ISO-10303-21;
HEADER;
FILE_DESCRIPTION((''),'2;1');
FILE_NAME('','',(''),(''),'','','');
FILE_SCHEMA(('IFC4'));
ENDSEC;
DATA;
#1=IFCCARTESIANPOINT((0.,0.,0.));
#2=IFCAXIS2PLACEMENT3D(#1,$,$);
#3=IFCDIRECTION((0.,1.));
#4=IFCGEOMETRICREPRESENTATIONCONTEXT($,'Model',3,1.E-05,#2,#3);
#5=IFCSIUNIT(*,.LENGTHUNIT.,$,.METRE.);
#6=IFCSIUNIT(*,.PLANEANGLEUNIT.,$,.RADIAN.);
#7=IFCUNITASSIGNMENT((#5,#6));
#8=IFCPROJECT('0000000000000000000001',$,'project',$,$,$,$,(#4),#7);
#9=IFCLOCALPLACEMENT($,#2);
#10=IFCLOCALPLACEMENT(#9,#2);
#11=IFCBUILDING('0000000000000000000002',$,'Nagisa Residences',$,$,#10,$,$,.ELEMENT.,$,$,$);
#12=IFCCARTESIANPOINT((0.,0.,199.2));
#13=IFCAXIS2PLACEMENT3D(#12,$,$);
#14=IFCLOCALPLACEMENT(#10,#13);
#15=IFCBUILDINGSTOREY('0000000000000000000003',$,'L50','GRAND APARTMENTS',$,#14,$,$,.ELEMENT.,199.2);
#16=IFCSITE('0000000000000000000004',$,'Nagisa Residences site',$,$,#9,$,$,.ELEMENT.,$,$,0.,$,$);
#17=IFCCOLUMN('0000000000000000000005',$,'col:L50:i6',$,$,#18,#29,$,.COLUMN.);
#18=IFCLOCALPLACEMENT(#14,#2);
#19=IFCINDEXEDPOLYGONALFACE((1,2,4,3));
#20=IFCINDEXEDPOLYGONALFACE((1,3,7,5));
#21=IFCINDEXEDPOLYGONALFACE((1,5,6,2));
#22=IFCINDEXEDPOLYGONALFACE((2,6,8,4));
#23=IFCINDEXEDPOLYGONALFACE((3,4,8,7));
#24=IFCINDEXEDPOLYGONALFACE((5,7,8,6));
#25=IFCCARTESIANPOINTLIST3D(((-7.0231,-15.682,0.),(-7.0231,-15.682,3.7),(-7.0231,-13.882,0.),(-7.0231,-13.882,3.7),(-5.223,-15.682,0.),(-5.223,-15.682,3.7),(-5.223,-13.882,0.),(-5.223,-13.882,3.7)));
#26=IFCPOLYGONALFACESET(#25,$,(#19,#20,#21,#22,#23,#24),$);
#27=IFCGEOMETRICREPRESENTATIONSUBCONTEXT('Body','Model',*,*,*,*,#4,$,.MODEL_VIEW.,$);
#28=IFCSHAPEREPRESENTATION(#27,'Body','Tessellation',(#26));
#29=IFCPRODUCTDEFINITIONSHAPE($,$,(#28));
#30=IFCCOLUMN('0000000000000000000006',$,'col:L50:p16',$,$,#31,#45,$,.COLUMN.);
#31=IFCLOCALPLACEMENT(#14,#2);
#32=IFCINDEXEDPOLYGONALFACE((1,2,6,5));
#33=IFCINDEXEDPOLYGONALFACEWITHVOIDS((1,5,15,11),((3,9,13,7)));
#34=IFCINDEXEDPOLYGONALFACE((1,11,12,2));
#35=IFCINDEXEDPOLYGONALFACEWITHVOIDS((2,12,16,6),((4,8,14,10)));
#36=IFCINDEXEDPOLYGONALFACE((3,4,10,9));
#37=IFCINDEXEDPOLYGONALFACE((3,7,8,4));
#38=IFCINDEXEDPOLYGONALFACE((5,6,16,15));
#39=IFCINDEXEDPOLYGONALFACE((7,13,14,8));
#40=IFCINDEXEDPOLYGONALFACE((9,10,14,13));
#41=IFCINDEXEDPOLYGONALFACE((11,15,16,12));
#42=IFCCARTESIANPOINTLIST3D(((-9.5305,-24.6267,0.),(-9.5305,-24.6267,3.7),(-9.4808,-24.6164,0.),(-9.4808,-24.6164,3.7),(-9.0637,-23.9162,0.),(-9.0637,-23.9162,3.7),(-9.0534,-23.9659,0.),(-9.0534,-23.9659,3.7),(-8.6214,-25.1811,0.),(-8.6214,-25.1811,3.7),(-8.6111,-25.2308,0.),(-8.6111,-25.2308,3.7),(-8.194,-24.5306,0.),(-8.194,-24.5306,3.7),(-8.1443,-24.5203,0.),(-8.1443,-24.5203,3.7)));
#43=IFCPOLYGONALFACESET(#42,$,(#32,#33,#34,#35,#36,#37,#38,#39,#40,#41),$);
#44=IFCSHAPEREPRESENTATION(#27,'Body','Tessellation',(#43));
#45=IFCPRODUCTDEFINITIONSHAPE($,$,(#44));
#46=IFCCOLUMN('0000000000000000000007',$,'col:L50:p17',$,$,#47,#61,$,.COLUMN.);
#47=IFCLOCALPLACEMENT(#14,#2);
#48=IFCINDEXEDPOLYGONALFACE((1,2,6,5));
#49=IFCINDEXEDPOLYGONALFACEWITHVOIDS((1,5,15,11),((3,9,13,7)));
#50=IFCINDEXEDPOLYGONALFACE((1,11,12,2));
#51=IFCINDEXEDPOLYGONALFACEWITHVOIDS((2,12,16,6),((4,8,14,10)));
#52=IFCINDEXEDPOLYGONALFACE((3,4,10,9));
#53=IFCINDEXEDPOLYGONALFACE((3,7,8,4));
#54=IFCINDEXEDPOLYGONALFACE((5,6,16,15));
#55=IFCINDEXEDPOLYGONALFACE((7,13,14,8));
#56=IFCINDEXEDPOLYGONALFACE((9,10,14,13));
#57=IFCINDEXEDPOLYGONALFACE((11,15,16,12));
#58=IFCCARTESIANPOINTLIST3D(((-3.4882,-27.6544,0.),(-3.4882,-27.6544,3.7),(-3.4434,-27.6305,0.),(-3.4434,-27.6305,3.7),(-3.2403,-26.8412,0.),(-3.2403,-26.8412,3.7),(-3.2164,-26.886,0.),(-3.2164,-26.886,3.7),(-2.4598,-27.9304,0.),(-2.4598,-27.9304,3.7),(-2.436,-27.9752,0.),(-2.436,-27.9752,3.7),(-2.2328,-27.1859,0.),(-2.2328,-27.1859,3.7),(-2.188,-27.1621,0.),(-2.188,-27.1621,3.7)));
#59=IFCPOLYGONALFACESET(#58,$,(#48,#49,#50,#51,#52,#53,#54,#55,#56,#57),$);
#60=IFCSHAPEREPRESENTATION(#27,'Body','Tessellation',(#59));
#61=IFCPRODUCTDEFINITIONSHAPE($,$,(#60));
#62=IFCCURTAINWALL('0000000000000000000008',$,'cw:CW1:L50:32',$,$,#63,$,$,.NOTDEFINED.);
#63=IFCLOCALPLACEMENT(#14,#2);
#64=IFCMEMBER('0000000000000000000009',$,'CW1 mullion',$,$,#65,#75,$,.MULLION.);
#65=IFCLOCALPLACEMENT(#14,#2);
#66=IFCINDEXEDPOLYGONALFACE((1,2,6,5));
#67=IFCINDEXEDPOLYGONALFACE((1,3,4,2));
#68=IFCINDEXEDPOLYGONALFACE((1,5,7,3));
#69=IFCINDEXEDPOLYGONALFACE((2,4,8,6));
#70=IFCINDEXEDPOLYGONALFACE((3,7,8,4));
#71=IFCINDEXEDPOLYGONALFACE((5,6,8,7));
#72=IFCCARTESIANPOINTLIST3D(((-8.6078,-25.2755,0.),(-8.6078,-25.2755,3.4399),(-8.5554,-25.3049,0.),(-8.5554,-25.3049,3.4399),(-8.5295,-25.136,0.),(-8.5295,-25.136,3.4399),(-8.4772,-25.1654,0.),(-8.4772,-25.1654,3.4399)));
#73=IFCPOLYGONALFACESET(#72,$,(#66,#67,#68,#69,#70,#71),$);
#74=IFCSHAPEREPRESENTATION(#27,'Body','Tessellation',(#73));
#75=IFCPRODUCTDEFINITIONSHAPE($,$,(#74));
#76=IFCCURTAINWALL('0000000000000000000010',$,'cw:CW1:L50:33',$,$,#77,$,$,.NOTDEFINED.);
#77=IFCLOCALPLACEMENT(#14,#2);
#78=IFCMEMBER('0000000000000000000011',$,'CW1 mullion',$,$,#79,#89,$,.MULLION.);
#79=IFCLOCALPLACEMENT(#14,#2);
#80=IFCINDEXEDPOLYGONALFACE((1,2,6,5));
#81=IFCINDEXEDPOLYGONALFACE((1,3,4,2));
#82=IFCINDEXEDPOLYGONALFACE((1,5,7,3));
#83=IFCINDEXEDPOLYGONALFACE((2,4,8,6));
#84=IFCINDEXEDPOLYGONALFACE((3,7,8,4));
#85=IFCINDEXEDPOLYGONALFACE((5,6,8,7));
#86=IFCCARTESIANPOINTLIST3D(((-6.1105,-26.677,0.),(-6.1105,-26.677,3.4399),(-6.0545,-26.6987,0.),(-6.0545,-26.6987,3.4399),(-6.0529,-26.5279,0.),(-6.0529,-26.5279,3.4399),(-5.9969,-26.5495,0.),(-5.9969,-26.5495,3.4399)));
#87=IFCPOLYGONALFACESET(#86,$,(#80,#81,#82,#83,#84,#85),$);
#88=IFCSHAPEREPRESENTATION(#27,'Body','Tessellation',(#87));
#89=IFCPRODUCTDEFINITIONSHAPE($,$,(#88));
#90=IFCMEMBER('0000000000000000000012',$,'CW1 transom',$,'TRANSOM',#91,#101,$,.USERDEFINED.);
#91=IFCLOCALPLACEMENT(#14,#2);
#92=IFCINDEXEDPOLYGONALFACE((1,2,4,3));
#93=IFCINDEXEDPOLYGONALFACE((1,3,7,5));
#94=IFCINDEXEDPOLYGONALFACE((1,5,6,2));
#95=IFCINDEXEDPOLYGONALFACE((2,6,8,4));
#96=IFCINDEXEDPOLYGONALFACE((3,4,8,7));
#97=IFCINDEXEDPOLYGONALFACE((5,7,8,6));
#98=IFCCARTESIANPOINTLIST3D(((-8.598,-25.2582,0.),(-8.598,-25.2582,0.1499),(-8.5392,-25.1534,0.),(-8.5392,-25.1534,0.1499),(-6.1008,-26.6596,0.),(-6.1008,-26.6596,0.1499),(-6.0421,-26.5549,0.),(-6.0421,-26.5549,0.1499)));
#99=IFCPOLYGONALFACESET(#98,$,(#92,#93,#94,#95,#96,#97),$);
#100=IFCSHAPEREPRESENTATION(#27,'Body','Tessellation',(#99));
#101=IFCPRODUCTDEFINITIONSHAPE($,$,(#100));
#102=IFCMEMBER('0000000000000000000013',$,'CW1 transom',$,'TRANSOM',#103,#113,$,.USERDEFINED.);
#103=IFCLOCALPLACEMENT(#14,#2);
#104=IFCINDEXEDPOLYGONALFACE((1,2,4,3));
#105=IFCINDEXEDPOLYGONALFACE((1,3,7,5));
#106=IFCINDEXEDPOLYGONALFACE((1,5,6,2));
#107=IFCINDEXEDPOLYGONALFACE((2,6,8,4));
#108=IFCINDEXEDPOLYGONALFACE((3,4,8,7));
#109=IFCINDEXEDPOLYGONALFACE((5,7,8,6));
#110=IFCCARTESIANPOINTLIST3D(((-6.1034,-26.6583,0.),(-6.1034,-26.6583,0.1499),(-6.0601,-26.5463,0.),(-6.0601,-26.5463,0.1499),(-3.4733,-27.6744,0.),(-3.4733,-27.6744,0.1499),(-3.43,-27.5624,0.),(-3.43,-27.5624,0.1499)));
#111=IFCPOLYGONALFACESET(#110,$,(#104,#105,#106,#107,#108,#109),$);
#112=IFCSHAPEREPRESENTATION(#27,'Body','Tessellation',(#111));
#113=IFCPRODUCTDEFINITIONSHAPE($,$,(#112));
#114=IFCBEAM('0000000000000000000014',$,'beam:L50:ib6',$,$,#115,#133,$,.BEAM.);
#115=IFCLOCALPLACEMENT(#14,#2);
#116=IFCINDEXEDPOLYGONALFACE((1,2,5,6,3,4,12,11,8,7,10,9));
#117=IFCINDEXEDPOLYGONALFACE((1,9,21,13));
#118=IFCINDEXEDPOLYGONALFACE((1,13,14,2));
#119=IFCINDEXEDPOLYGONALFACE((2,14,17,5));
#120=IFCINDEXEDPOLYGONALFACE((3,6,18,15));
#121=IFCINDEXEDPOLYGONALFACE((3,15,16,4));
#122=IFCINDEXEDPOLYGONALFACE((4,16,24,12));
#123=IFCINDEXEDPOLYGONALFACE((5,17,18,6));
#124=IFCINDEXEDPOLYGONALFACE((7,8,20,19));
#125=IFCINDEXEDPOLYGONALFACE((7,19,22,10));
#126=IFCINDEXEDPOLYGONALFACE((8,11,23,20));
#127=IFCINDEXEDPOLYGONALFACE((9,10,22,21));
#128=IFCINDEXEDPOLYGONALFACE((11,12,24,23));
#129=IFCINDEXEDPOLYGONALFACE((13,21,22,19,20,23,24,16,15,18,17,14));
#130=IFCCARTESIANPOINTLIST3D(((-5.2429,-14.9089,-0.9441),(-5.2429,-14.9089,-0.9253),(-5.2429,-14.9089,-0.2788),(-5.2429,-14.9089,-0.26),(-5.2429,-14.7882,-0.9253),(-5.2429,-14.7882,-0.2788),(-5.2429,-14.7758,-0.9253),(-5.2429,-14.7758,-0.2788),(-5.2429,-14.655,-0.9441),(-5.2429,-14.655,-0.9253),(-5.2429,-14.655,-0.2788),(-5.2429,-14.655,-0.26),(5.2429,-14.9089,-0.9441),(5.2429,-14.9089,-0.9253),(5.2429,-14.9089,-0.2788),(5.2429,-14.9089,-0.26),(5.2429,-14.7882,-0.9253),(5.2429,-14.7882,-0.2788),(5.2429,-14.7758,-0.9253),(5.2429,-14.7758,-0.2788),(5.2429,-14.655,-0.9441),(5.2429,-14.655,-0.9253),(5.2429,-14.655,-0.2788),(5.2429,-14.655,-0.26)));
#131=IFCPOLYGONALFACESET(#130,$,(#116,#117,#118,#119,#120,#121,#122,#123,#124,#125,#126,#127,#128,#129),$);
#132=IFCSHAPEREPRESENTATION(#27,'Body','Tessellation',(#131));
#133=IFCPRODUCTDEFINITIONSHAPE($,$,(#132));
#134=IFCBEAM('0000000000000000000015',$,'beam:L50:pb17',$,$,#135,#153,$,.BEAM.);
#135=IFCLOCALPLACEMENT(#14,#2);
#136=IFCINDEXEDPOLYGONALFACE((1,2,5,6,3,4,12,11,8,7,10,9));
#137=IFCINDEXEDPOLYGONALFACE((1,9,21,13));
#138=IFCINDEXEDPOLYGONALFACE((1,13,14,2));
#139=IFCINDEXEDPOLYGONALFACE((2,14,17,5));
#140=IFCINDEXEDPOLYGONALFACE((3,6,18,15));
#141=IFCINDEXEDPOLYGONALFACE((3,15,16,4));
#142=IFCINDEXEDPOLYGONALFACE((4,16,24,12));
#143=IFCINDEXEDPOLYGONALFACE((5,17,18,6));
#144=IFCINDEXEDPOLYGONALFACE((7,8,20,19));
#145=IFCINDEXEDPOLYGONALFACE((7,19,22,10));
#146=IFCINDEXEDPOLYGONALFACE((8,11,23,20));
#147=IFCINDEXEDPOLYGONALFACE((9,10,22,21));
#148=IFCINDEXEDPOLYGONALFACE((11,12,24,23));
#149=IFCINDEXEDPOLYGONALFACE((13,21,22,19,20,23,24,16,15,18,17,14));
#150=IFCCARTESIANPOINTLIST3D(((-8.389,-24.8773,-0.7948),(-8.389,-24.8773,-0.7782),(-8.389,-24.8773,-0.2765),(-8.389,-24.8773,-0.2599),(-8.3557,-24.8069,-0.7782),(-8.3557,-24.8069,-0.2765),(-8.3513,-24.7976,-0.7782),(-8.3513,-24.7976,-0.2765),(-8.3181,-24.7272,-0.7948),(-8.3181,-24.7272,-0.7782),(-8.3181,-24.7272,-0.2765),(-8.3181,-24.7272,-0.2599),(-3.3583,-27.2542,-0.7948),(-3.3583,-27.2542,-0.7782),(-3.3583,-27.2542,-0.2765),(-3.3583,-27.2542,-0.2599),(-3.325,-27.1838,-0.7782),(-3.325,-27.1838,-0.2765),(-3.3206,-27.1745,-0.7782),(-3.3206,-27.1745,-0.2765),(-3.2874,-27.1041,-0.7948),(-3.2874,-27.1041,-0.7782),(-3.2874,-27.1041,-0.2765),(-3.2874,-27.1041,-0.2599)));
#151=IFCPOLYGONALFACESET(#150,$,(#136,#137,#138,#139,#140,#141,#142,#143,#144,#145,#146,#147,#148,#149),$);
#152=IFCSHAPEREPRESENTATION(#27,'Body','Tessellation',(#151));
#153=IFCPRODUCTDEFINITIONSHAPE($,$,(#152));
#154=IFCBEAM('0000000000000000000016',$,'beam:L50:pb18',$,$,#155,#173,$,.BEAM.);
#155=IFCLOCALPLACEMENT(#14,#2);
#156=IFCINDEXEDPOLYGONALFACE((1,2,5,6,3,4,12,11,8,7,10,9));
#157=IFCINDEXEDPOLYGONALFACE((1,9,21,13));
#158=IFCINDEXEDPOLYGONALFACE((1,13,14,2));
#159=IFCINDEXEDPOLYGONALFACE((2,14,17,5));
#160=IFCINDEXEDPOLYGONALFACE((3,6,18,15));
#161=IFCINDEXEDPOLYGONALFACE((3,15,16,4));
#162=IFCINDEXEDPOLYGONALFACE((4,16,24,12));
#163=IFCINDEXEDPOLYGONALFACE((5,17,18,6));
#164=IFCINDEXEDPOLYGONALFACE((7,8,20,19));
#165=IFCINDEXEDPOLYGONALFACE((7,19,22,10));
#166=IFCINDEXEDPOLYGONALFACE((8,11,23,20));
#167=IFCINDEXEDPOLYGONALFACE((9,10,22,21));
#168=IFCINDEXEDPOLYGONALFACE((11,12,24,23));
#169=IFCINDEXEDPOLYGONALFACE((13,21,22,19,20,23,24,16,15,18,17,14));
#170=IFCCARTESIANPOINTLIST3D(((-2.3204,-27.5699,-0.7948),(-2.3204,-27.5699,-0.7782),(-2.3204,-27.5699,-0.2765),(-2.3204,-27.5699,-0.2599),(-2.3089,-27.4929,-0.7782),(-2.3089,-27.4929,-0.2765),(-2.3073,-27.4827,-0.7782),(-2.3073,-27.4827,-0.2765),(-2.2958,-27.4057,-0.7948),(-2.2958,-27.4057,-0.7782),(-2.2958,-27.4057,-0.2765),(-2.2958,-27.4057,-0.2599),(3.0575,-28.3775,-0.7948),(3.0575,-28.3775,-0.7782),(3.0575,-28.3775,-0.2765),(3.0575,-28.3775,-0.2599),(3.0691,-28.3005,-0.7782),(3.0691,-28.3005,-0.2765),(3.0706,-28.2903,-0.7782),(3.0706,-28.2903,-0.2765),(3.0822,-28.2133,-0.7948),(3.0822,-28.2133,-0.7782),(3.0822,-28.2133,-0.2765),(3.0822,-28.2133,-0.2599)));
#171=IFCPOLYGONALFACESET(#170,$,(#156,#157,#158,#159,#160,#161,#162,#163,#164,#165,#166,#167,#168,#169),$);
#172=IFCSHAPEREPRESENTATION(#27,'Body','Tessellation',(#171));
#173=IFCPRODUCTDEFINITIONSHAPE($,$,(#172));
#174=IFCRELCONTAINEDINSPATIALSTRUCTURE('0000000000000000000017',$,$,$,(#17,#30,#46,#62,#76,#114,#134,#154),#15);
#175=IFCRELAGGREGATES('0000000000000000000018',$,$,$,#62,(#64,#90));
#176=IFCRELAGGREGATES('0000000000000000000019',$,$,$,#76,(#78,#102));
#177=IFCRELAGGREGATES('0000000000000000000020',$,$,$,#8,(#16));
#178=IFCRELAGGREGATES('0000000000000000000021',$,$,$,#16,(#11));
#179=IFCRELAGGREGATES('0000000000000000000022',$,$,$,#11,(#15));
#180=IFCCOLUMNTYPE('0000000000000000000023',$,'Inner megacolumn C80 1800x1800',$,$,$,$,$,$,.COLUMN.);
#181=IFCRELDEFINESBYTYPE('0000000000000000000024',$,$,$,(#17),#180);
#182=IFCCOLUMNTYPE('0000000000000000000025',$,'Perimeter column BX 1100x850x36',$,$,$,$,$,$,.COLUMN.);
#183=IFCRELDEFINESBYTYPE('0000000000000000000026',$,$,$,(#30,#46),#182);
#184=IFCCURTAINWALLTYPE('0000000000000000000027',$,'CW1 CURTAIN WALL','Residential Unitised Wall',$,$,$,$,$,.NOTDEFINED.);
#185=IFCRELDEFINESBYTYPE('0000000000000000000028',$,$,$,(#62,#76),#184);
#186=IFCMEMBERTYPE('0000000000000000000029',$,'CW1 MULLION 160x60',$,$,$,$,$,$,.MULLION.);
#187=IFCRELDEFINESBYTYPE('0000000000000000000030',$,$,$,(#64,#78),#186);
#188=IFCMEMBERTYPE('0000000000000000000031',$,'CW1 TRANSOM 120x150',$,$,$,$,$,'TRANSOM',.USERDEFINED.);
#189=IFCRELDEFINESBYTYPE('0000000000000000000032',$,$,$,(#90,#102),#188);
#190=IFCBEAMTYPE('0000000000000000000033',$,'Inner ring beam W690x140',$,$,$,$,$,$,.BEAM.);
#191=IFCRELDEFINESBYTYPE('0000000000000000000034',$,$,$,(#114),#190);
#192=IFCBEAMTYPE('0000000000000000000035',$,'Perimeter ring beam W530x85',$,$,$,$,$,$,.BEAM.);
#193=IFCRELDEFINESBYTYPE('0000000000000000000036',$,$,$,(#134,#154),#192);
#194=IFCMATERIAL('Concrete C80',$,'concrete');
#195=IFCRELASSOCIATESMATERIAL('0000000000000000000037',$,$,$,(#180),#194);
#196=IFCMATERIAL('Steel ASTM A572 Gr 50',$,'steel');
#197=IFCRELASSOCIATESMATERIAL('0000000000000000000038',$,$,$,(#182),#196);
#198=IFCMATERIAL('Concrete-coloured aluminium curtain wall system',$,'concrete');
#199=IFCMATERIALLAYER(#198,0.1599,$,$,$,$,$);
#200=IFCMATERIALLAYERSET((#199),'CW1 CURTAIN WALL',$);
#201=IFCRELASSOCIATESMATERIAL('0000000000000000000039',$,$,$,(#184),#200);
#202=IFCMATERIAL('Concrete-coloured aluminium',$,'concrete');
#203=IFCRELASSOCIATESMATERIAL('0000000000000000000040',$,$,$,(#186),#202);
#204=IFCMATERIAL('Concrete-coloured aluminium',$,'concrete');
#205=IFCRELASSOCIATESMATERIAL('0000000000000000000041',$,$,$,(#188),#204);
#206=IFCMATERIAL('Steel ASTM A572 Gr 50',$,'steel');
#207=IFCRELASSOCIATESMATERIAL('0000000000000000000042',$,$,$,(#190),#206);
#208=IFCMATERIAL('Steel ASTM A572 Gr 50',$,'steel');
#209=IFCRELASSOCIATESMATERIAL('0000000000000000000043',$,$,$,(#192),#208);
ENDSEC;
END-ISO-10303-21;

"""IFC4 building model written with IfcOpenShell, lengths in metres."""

from ifc_helpers import new_model, si_unit, direction, frame, origin, origin_2d, place, context, subcontext, project, spatial, rectangle, hollow_rectangle, i_section, extrude, material, layer, layer_set, material_profile, profile_set, type_object, element, aggregate, save


model = new_model("IFC4")

# Units and contexts
model_context = context("Model", 3, precision=1e-05, world=origin(), true_north=direction((0.0, 1.0)))
body_context = subcontext(model_context, "Body", "Model", "MODEL_VIEW")
ifc_project = project(units=[si_unit("LENGTHUNIT", "METRE"), si_unit("PLANEANGLEUNIT", "RADIAN")], contexts=[model_context])

# Site, building, storey
site_placement = place(None, origin())
site = spatial("IfcSite", under=ifc_project, at=site_placement, Name="Nagisa Residences site", CompositionType="ELEMENT", RefElevation=0.0)
building_placement = place(site_placement, origin())
building = spatial("IfcBuilding", under=site, at=building_placement, Name="Nagisa Residences", CompositionType="ELEMENT")
storey_placement = place(building_placement, frame((0.0, 0.0, 199.2)))
storey = spatial("IfcBuildingStorey", under=building, at=storey_placement, Name="L50", Description="GRAND APARTMENTS", CompositionType="ELEMENT", Elevation=199.2)

# Columns
ifc_material_1 = material(Name="Concrete C80", Category="concrete")
ifc_material_profile_1 = material_profile(ifc_material_1, rectangle(XDim=1.8, YDim=1.8, at=origin_2d()), Name="C80 1800x1800")
ifc_profile_set_1 = profile_set([ifc_material_profile_1], Name="Concrete C80")
column_type_1 = type_object("IfcColumnType", Name="Inner megacolumn C80 1800x1800", PredefinedType="COLUMN", material=ifc_profile_set_1)
column_placement = place(storey_placement, frame((-6.123, -14.782, 0.0), z_axis=(0.0, 0.0, 1.0), x_axis=(1.0, 0.0, 0.0)))
element("IfcColumn", 1, at=column_placement, inside=storey, type_object=column_type_1, Name="col:L50:i6", PredefinedType="COLUMN", context=body_context, shape_type="SweptSolid", body=[
    extrude(rectangle(XDim=1.8, YDim=1.8, at=origin_2d()), origin(), (0.0, 0.0, 1.0), 3.7),
])
ifc_material_2 = material(Name="Steel ASTM A572 Gr 50", Category="steel")
ifc_material_profile_2 = material_profile(ifc_material_2, hollow_rectangle(XDim=1.1001, YDim=0.8501, WallThickness=0.0359, at=origin_2d()), Name="BX 1100x850x36")
ifc_profile_set_2 = profile_set([ifc_material_profile_2], Name="Steel ASTM A572 Gr 50")
column_type_2 = type_object("IfcColumnType", Name="Perimeter column BX 1100x850x36", PredefinedType="COLUMN", material=ifc_profile_set_2)
for number, where, z_axis, x_axis, name in (
    (2, (-8.8374, -24.5735, 0.0), (0.0, 0.0, 1.0), (0.835766, -0.549086, 0.0), "col:L50:p16"),
    (3, (-2.8381, -27.4082, 0.0), (0.0, 0.0, 1.0), (0.956525, -0.291652, 0.0), "col:L50:p17"),
):
    element("IfcColumn", number, at=place(storey_placement, frame(where, z_axis=z_axis, x_axis=x_axis)), inside=storey, type_object=column_type_2, Name=name, PredefinedType="COLUMN", context=body_context, shape_type="SweptSolid", body=[
        extrude(hollow_rectangle(XDim=1.1001, YDim=0.8501, WallThickness=0.0359, at=origin_2d()), origin(), (0.0, 0.0, 1.0), 3.7),
    ])

# Curtain walls, members
ifc_material_3 = material(Name="Concrete-coloured aluminium curtain wall system", Category="concrete")
ifc_layer_1 = layer(ifc_material_3, 0.1599)
ifc_layer_set_1 = layer_set([ifc_layer_1], Name="CW1 CURTAIN WALL")
curtain_wall_type = type_object("IfcCurtainWallType", Name="CW1 CURTAIN WALL", Description="Residential Unitised Wall", PredefinedType="NOTDEFINED", material=ifc_layer_set_1)
curtain_wall_1_placement = place(storey_placement, origin())
curtain_wall_1 = element("IfcCurtainWall", 4, at=curtain_wall_1_placement, inside=storey, type_object=curtain_wall_type, Name="cw:CW1:L50:32", PredefinedType="NOTDEFINED")
ifc_material_4 = material(Name="Concrete-coloured aluminium", Category="concrete")
ifc_material_profile_3 = material_profile(ifc_material_4, rectangle(XDim=0.1599, YDim=0.0601, at=origin_2d()), Name="CW1 MULLION 160x60")
ifc_profile_set_3 = profile_set([ifc_material_profile_3], Name="Concrete-coloured aluminium")
member_type_1 = type_object("IfcMemberType", Name="CW1 MULLION 160x60", PredefinedType="MULLION", material=ifc_profile_set_3)
member_1_placement = place(storey_placement, frame((-8.5425, -25.2205, 0.0), z_axis=(0.0, 0.0, 1.0), x_axis=(0.489377, 0.872072, 0.0)))
member_1 = element("IfcMember", 5, at=member_1_placement, type_object=member_type_1, Name="CW1 mullion", PredefinedType="MULLION", context=body_context, shape_type="SweptSolid", body=[
    extrude(rectangle(XDim=0.1599, YDim=0.0601, at=origin_2d()), origin(), (0.0, 0.0, 1.0), 3.4399),
])
curtain_wall_2_placement = place(storey_placement, origin())
curtain_wall_2 = element("IfcCurtainWall", 6, at=curtain_wall_2_placement, inside=storey, type_object=curtain_wall_type, Name="cw:CW1:L50:33", PredefinedType="NOTDEFINED")
member_2_placement = place(storey_placement, frame((-6.0537, -26.6133, 0.0), z_axis=(0.0, 0.0, 1.0), x_axis=(0.360328, 0.932826, 0.0)))
member_2 = element("IfcMember", 7, at=member_2_placement, type_object=member_type_1, Name="CW1 mullion", PredefinedType="MULLION", context=body_context, shape_type="SweptSolid", body=[
    extrude(rectangle(XDim=0.1599, YDim=0.0601, at=origin_2d()), origin(), (0.0, 0.0, 1.0), 3.4399),
])

# Members
ifc_material_5 = material(Name="Concrete-coloured aluminium", Category="concrete")
ifc_material_profile_4 = material_profile(ifc_material_5, rectangle(XDim=0.1201, YDim=0.1499, at=origin_2d()), Name="CW1 TRANSOM 120x150")
ifc_profile_set_4 = profile_set([ifc_material_profile_4], Name="Concrete-coloured aluminium")
member_type_2 = type_object("IfcMemberType", Name="CW1 TRANSOM 120x150", ElementType="TRANSOM", PredefinedType="USERDEFINED", material=ifc_profile_set_4)
member_3_placement = place(storey_placement, frame((-8.5686, -25.2058, 0.075), z_axis=(0.872058, -0.489403, 0.0), x_axis=(0.489403, 0.872058, 0.0)))
member_3 = element("IfcMember", 8, at=member_3_placement, type_object=member_type_2, Name="CW1 transom", ObjectType="TRANSOM", PredefinedType="USERDEFINED", context=body_context, shape_type="SweptSolid", body=[
    extrude(rectangle(XDim=0.1201, YDim=0.1499, at=origin_2d()), origin(), (0.0, 0.0, 1.0), 2.8635),
])
member_4_placement = place(storey_placement, frame((-6.0818, -26.6023, 0.075), z_axis=(0.932807, -0.360377, 0.0), x_axis=(0.360377, 0.932807, 0.0)))
member_4 = element("IfcMember", 9, at=member_4_placement, type_object=member_type_2, Name="CW1 transom", ObjectType="TRANSOM", PredefinedType="USERDEFINED", context=body_context, shape_type="SweptSolid", body=[
    extrude(rectangle(XDim=0.1201, YDim=0.1499, at=origin_2d()), origin(), (0.0, 0.0, 1.0), 2.8196),
])

# Beams
ifc_material_6 = material(Name="Steel ASTM A572 Gr 50", Category="steel")
ifc_material_profile_5 = material_profile(ifc_material_6, i_section(OverallWidth=0.2539, OverallDepth=0.6841, WebThickness=0.0125, FlangeThickness=0.0188, at=origin_2d()), Name="W690x140")
ifc_profile_set_5 = profile_set([ifc_material_profile_5], Name="Steel ASTM A572 Gr 50")
beam_type_1 = type_object("IfcBeamType", Name="Inner ring beam W690x140", PredefinedType="BEAM", material=ifc_profile_set_5)
beam_1_placement = place(storey_placement, frame((-5.2429, -14.782, -0.6021), z_axis=(1.0, 0.0, 0.0), x_axis=(0.0, 1.0, 0.0)))
element("IfcBeam", 10, at=beam_1_placement, inside=storey, type_object=beam_type_1, Name="beam:L50:ib6", PredefinedType="BEAM", context=body_context, shape_type="SweptSolid", body=[
    extrude(i_section(OverallWidth=0.2539, OverallDepth=0.6841, WebThickness=0.0125, FlangeThickness=0.0188, at=origin_2d()), origin(), (0.0, 0.0, 1.0), 10.4858),
])
ifc_material_7 = material(Name="Steel ASTM A572 Gr 50", Category="steel")
ifc_material_profile_6 = material_profile(ifc_material_7, i_section(OverallWidth=0.166, OverallDepth=0.5349, WebThickness=0.0103, FlangeThickness=0.0166, at=origin_2d()), Name="W530x85")
ifc_profile_set_6 = profile_set([ifc_material_profile_6], Name="Steel ASTM A572 Gr 50")
beam_type_2 = type_object("IfcBeamType", Name="Perimeter ring beam W530x85", PredefinedType="BEAM", material=ifc_profile_set_6)
beam_2_placement = place(storey_placement, frame((-8.3535, -24.8022, -0.5273), z_axis=(0.904157, -0.4272, 0.0), x_axis=(0.4272, 0.904157, 0.0)))
element("IfcBeam", 11, at=beam_2_placement, inside=storey, type_object=beam_type_2, Name="beam:L50:pb17", PredefinedType="BEAM", context=body_context, shape_type="SweptSolid", body=[
    extrude(i_section(OverallWidth=0.166, OverallDepth=0.5349, WebThickness=0.0103, FlangeThickness=0.0166, at=origin_2d()), origin(), (0.0, 0.0, 1.0), 5.564),
])
beam_3_placement = place(storey_placement, frame((-2.3081, -27.4878, -0.5273), z_axis=(0.988911, -0.148507, 0.0), x_axis=(0.148507, 0.988911, 0.0)))
element("IfcBeam", 12, at=beam_3_placement, inside=storey, type_object=beam_type_2, Name="beam:L50:pb18", PredefinedType="BEAM", context=body_context, shape_type="SweptSolid", body=[
    extrude(i_section(OverallWidth=0.166, OverallDepth=0.5349, WebThickness=0.0103, FlangeThickness=0.0166, at=origin_2d()), origin(), (0.0, 0.0, 1.0), 5.4382),
])

aggregate(curtain_wall_1, [member_1, member_3])
aggregate(curtain_wall_2, [member_2, member_4])

save(model, "model.ifc")
